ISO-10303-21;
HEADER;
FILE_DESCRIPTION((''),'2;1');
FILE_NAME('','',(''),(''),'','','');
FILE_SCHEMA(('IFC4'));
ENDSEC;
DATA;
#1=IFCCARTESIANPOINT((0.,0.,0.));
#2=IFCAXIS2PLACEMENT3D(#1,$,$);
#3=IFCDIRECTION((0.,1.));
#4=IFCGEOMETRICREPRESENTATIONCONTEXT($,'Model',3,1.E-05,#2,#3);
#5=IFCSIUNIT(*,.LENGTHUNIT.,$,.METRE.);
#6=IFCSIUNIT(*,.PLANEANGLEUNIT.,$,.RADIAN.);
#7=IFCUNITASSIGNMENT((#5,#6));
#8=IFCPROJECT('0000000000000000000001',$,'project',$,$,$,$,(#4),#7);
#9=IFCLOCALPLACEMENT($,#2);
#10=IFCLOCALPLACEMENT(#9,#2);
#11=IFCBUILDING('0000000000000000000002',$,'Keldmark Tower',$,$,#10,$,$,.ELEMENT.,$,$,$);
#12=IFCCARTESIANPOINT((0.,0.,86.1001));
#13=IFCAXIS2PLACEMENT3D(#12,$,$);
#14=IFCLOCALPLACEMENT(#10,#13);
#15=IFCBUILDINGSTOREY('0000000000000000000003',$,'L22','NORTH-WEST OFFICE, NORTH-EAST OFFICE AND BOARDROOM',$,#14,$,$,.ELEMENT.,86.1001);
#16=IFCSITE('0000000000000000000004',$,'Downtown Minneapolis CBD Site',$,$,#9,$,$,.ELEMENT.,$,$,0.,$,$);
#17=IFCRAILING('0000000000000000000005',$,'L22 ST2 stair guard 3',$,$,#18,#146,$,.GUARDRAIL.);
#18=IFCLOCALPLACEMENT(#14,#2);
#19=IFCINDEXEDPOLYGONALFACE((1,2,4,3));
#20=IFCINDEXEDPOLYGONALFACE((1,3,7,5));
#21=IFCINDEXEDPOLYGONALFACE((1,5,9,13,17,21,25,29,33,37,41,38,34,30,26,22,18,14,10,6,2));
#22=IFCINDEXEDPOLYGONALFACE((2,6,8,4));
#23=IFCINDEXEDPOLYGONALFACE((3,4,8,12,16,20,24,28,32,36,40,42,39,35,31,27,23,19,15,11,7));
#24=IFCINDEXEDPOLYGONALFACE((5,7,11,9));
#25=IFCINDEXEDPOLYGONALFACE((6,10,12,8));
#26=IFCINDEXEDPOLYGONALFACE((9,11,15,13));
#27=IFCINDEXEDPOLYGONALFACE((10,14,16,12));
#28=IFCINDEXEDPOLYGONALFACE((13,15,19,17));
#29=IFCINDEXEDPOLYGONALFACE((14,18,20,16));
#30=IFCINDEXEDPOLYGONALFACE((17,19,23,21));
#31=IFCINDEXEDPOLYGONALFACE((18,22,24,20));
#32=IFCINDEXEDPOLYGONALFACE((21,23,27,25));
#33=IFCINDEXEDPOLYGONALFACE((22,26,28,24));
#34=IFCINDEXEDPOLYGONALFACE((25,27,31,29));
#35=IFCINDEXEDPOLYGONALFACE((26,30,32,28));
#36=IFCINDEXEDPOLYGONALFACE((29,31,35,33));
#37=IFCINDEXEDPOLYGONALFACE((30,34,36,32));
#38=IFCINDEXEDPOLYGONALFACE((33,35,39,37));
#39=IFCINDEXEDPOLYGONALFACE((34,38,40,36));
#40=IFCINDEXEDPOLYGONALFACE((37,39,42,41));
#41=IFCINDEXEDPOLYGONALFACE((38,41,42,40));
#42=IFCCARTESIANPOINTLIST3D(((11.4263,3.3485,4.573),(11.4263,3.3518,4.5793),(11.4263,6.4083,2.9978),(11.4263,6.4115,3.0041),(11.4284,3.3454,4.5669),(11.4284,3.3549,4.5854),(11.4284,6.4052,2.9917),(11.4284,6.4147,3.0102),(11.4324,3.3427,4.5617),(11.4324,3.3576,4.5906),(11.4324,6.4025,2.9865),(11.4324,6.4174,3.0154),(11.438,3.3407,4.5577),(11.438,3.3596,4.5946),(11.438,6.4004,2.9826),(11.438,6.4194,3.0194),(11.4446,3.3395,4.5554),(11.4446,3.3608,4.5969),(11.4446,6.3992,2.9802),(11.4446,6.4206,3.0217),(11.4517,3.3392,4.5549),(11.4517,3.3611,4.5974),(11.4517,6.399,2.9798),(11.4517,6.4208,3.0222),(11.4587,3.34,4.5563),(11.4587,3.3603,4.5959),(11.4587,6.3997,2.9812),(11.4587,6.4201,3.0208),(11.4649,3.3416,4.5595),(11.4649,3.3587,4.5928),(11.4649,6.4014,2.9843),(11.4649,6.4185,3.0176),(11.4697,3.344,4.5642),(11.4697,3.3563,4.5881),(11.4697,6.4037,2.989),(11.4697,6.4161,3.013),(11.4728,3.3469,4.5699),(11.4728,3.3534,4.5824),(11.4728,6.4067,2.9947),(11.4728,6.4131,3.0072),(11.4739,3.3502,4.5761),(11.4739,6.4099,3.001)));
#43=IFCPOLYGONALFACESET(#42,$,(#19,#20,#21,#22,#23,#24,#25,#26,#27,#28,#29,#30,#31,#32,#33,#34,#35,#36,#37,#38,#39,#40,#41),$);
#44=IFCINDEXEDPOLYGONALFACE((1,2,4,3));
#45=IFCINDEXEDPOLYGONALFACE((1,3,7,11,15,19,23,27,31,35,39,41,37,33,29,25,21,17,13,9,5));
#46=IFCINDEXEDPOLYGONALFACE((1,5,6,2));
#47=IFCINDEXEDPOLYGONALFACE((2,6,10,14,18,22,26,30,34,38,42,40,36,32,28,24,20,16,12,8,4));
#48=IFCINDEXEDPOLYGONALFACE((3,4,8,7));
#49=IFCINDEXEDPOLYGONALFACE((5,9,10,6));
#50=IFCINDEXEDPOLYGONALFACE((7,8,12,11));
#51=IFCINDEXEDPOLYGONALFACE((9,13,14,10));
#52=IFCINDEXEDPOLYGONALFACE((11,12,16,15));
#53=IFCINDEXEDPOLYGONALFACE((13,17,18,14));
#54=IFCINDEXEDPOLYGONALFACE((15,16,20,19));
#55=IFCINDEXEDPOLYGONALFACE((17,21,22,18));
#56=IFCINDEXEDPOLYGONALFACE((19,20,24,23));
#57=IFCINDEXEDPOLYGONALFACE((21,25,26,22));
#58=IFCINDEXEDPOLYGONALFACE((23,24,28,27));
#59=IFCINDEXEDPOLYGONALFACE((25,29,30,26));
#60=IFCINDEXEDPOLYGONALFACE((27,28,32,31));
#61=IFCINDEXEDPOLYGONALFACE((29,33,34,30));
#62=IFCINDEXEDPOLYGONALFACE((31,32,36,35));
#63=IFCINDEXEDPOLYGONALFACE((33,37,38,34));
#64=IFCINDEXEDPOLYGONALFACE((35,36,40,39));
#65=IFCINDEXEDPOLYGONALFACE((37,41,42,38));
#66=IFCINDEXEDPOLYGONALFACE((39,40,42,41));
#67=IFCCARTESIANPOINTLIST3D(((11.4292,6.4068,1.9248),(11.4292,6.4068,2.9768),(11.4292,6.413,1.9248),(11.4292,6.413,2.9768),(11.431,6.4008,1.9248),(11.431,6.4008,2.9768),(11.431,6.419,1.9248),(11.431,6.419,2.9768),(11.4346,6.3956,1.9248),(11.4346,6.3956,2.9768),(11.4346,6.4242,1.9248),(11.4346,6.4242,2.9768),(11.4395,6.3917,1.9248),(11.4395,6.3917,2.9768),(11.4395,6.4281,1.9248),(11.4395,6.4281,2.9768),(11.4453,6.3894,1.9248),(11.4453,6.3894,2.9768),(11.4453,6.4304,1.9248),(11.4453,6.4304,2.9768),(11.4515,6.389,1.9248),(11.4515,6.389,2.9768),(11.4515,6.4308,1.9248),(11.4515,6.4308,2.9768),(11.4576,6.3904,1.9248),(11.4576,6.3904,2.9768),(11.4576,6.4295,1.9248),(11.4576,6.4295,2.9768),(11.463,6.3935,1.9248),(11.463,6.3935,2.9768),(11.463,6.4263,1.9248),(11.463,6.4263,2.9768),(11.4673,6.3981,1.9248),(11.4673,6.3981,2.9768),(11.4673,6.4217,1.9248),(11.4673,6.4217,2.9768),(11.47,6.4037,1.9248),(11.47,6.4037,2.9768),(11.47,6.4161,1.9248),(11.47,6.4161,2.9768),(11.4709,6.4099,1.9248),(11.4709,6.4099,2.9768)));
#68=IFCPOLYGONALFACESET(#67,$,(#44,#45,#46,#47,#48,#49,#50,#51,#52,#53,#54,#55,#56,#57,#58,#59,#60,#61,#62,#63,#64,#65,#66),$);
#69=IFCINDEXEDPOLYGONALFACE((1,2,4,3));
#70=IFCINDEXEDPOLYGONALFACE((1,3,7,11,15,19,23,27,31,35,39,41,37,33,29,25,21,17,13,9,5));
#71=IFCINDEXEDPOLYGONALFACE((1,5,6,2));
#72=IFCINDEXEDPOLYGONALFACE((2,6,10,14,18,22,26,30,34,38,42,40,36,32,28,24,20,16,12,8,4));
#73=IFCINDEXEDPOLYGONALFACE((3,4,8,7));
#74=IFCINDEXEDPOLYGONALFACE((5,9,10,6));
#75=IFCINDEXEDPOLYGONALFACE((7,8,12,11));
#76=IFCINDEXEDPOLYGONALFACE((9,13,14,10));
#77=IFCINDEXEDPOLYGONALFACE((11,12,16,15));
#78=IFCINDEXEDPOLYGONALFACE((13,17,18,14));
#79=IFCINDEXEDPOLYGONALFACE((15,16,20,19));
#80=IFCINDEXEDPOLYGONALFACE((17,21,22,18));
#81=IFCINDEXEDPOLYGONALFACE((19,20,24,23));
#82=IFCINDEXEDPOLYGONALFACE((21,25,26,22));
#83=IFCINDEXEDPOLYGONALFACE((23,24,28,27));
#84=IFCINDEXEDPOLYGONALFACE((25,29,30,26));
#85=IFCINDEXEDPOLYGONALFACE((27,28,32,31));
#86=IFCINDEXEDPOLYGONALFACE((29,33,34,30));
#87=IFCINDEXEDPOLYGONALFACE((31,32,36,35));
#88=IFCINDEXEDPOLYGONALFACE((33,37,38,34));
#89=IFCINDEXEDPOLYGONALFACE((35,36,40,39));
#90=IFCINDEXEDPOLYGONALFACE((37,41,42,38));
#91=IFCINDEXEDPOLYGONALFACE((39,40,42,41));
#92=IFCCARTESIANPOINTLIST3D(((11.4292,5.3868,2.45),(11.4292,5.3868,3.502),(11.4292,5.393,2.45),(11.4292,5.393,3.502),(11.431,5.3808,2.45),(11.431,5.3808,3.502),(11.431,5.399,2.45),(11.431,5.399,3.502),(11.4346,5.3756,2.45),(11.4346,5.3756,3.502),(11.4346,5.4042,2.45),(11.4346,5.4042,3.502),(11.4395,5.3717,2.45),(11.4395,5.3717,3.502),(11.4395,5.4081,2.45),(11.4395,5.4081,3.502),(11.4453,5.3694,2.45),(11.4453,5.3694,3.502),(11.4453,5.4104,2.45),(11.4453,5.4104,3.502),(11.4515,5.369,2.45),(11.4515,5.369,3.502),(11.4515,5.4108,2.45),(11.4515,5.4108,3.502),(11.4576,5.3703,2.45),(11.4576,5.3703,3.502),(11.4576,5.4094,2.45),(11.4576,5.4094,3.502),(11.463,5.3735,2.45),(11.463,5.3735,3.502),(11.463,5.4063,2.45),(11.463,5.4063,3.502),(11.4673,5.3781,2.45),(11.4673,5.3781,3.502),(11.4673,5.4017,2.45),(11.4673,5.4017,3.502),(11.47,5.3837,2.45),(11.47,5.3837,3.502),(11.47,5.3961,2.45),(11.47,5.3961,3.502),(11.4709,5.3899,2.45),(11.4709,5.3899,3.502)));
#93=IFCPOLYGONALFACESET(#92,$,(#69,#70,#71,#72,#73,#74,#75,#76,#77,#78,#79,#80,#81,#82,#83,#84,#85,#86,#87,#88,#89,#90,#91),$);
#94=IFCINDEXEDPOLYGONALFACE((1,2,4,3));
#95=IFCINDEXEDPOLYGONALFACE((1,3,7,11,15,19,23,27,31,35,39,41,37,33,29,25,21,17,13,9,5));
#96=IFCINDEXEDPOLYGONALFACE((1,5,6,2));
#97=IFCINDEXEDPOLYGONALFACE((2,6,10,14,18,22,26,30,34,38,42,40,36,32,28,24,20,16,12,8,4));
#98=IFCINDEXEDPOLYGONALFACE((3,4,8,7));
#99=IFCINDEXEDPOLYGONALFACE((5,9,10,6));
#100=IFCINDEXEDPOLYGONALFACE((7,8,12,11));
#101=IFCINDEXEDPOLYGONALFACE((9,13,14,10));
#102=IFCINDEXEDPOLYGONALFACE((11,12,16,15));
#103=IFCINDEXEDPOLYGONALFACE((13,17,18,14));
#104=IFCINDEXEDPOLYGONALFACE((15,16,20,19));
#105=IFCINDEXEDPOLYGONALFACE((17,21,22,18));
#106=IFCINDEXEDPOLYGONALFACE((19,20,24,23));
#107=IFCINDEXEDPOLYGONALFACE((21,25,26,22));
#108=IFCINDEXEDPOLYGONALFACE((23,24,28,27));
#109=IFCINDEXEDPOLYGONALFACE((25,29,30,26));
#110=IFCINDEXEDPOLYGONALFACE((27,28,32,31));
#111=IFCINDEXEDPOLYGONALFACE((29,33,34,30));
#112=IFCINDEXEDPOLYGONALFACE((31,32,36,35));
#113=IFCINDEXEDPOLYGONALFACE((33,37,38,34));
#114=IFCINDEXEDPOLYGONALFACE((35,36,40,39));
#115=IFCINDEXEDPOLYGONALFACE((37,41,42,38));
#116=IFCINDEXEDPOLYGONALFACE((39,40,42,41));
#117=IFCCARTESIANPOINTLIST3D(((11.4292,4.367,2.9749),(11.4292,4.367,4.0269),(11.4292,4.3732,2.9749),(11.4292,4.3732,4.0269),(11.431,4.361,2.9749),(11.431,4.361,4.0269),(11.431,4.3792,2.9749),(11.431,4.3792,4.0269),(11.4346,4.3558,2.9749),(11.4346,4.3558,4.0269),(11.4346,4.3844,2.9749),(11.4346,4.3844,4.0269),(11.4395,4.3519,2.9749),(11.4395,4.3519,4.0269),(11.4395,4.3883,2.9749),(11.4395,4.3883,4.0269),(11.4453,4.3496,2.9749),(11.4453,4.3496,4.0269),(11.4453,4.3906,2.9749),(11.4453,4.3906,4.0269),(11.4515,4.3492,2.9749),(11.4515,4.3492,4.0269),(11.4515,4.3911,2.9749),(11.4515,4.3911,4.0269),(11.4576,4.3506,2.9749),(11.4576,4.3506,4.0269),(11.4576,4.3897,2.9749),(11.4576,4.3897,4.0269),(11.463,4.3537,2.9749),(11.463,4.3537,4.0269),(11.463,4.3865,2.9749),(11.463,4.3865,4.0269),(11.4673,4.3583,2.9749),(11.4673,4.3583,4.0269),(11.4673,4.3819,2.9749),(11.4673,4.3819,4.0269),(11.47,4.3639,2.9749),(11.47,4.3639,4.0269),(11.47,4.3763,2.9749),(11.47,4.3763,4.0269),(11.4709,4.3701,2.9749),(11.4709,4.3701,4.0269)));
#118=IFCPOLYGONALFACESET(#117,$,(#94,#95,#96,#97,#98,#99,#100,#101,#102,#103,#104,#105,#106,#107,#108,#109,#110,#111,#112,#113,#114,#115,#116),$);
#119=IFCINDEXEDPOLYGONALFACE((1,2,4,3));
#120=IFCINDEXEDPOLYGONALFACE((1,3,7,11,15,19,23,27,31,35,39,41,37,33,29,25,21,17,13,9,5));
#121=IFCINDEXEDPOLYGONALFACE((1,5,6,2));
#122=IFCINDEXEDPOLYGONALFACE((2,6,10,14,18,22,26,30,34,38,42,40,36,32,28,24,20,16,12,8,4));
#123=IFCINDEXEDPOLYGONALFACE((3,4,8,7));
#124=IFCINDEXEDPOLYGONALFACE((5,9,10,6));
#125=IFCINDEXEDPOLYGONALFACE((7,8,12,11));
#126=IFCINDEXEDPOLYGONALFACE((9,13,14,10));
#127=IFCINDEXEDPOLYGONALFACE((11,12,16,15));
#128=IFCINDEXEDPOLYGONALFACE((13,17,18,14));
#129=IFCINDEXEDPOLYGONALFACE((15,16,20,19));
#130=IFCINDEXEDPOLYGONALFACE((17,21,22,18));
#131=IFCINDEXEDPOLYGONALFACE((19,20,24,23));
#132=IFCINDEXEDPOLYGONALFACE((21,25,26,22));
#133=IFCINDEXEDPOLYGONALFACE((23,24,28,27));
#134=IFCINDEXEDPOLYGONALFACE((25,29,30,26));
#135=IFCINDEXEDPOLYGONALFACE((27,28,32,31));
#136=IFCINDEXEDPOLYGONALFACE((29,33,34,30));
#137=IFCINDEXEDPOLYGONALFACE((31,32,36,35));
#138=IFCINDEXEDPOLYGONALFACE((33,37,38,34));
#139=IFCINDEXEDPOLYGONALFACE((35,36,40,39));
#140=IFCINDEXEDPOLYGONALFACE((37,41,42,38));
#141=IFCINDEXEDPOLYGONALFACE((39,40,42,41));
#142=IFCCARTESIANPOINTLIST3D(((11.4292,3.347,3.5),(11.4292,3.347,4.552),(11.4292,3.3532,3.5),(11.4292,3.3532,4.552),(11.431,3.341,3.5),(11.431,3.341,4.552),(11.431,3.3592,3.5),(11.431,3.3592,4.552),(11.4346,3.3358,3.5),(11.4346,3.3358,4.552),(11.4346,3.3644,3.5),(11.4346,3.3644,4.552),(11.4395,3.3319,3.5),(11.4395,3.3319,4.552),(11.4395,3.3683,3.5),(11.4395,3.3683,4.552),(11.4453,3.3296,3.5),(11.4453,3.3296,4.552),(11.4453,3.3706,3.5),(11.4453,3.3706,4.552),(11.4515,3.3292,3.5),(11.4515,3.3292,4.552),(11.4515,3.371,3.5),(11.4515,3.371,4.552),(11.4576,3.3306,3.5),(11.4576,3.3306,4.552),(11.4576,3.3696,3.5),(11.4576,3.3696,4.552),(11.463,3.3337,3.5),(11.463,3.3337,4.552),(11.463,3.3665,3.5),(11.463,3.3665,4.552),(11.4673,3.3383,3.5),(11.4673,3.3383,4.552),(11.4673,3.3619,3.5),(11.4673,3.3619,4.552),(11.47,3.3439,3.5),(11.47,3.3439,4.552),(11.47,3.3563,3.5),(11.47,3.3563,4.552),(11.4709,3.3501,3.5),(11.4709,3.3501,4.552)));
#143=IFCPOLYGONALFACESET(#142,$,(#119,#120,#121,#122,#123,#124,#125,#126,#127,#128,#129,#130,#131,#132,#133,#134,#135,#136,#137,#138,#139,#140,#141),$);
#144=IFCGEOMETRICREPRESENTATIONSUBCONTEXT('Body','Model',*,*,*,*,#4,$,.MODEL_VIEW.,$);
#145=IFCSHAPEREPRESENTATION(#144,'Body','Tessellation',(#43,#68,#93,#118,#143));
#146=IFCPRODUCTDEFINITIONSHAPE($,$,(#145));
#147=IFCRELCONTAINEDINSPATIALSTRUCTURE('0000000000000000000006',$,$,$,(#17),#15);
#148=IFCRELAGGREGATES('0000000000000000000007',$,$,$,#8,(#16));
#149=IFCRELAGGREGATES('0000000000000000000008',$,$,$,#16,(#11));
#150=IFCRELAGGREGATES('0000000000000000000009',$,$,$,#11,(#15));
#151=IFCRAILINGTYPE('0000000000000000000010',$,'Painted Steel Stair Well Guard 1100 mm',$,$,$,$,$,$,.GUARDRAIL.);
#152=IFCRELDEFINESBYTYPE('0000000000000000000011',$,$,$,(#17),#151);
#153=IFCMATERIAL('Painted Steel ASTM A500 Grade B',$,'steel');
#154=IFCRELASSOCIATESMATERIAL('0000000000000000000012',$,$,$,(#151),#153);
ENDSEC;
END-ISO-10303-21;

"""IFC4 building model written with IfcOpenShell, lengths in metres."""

from ifc_helpers import new_model, si_unit, direction, frame, origin, origin_2d, place, context, subcontext, project, spatial, circle, extrude, material, type_object, element, save


model = new_model("IFC4")

# Units and contexts
model_context = context("Model", 3, precision=1e-05, world=origin(), true_north=direction((0.0, 1.0)))
body_context = subcontext(model_context, "Body", "Model", "MODEL_VIEW")
ifc_project = project(units=[si_unit("LENGTHUNIT", "METRE"), si_unit("PLANEANGLEUNIT", "RADIAN")], contexts=[model_context])

# Site, building, storey
site_placement = place(None, origin())
site = spatial("IfcSite", under=ifc_project, at=site_placement, Name="Downtown Minneapolis CBD Site", CompositionType="ELEMENT", RefElevation=0.0)
building_placement = place(site_placement, origin())
building = spatial("IfcBuilding", under=site, at=building_placement, Name="Keldmark Tower", CompositionType="ELEMENT")
storey_placement = place(building_placement, frame((0.0, 0.0, 86.1001)))
storey = spatial("IfcBuildingStorey", under=building, at=storey_placement, Name="L22", Description="NORTH-WEST OFFICE, NORTH-EAST OFFICE AND BOARDROOM", CompositionType="ELEMENT", Elevation=86.1001)

# Railing
ifc_material_1 = material(Name="Painted Steel ASTM A500 Grade B", Category="steel")
railing_type_1 = type_object("IfcRailingType", Name="Painted Steel Stair Well Guard 1100 mm", PredefinedType="GUARDRAIL", material=ifc_material_1)
railing_1_placement = place(storey_placement, frame((11.45, 6.4099, 1.9248)))
element("IfcRailing", 1, at=railing_1_placement, inside=storey, type_object=railing_type_1, Name="L22 ST2 stair guard 3", PredefinedType="GUARDRAIL", context=body_context, shape_type="SweptSolid", body=[
    extrude(circle(Radius=0.0239, at=origin_2d()), frame((0.0, 0.0, 1.0762), z_axis=(0.0, -0.889101, 0.45771), x_axis=(1.0, 0.0, 0.0)), (0.0, 0.0, 1.0), 3.4414),
    extrude(circle(Radius=0.021, at=origin_2d()), origin(), (0.0, 0.0, 1.0), 1.052),
    extrude(circle(Radius=0.021, at=origin_2d()), frame((0.0, -1.02, 0.5251)), (0.0, 0.0, 1.0), 1.052),
    extrude(circle(Radius=0.021, at=origin_2d()), frame((0.0, -2.0398, 1.05)), (0.0, 0.0, 1.0), 1.052),
    extrude(circle(Radius=0.021, at=origin_2d()), frame((0.0, -3.0598, 1.5752)), (0.0, 0.0, 1.0), 1.052),
])

save(model, "model.ifc")
